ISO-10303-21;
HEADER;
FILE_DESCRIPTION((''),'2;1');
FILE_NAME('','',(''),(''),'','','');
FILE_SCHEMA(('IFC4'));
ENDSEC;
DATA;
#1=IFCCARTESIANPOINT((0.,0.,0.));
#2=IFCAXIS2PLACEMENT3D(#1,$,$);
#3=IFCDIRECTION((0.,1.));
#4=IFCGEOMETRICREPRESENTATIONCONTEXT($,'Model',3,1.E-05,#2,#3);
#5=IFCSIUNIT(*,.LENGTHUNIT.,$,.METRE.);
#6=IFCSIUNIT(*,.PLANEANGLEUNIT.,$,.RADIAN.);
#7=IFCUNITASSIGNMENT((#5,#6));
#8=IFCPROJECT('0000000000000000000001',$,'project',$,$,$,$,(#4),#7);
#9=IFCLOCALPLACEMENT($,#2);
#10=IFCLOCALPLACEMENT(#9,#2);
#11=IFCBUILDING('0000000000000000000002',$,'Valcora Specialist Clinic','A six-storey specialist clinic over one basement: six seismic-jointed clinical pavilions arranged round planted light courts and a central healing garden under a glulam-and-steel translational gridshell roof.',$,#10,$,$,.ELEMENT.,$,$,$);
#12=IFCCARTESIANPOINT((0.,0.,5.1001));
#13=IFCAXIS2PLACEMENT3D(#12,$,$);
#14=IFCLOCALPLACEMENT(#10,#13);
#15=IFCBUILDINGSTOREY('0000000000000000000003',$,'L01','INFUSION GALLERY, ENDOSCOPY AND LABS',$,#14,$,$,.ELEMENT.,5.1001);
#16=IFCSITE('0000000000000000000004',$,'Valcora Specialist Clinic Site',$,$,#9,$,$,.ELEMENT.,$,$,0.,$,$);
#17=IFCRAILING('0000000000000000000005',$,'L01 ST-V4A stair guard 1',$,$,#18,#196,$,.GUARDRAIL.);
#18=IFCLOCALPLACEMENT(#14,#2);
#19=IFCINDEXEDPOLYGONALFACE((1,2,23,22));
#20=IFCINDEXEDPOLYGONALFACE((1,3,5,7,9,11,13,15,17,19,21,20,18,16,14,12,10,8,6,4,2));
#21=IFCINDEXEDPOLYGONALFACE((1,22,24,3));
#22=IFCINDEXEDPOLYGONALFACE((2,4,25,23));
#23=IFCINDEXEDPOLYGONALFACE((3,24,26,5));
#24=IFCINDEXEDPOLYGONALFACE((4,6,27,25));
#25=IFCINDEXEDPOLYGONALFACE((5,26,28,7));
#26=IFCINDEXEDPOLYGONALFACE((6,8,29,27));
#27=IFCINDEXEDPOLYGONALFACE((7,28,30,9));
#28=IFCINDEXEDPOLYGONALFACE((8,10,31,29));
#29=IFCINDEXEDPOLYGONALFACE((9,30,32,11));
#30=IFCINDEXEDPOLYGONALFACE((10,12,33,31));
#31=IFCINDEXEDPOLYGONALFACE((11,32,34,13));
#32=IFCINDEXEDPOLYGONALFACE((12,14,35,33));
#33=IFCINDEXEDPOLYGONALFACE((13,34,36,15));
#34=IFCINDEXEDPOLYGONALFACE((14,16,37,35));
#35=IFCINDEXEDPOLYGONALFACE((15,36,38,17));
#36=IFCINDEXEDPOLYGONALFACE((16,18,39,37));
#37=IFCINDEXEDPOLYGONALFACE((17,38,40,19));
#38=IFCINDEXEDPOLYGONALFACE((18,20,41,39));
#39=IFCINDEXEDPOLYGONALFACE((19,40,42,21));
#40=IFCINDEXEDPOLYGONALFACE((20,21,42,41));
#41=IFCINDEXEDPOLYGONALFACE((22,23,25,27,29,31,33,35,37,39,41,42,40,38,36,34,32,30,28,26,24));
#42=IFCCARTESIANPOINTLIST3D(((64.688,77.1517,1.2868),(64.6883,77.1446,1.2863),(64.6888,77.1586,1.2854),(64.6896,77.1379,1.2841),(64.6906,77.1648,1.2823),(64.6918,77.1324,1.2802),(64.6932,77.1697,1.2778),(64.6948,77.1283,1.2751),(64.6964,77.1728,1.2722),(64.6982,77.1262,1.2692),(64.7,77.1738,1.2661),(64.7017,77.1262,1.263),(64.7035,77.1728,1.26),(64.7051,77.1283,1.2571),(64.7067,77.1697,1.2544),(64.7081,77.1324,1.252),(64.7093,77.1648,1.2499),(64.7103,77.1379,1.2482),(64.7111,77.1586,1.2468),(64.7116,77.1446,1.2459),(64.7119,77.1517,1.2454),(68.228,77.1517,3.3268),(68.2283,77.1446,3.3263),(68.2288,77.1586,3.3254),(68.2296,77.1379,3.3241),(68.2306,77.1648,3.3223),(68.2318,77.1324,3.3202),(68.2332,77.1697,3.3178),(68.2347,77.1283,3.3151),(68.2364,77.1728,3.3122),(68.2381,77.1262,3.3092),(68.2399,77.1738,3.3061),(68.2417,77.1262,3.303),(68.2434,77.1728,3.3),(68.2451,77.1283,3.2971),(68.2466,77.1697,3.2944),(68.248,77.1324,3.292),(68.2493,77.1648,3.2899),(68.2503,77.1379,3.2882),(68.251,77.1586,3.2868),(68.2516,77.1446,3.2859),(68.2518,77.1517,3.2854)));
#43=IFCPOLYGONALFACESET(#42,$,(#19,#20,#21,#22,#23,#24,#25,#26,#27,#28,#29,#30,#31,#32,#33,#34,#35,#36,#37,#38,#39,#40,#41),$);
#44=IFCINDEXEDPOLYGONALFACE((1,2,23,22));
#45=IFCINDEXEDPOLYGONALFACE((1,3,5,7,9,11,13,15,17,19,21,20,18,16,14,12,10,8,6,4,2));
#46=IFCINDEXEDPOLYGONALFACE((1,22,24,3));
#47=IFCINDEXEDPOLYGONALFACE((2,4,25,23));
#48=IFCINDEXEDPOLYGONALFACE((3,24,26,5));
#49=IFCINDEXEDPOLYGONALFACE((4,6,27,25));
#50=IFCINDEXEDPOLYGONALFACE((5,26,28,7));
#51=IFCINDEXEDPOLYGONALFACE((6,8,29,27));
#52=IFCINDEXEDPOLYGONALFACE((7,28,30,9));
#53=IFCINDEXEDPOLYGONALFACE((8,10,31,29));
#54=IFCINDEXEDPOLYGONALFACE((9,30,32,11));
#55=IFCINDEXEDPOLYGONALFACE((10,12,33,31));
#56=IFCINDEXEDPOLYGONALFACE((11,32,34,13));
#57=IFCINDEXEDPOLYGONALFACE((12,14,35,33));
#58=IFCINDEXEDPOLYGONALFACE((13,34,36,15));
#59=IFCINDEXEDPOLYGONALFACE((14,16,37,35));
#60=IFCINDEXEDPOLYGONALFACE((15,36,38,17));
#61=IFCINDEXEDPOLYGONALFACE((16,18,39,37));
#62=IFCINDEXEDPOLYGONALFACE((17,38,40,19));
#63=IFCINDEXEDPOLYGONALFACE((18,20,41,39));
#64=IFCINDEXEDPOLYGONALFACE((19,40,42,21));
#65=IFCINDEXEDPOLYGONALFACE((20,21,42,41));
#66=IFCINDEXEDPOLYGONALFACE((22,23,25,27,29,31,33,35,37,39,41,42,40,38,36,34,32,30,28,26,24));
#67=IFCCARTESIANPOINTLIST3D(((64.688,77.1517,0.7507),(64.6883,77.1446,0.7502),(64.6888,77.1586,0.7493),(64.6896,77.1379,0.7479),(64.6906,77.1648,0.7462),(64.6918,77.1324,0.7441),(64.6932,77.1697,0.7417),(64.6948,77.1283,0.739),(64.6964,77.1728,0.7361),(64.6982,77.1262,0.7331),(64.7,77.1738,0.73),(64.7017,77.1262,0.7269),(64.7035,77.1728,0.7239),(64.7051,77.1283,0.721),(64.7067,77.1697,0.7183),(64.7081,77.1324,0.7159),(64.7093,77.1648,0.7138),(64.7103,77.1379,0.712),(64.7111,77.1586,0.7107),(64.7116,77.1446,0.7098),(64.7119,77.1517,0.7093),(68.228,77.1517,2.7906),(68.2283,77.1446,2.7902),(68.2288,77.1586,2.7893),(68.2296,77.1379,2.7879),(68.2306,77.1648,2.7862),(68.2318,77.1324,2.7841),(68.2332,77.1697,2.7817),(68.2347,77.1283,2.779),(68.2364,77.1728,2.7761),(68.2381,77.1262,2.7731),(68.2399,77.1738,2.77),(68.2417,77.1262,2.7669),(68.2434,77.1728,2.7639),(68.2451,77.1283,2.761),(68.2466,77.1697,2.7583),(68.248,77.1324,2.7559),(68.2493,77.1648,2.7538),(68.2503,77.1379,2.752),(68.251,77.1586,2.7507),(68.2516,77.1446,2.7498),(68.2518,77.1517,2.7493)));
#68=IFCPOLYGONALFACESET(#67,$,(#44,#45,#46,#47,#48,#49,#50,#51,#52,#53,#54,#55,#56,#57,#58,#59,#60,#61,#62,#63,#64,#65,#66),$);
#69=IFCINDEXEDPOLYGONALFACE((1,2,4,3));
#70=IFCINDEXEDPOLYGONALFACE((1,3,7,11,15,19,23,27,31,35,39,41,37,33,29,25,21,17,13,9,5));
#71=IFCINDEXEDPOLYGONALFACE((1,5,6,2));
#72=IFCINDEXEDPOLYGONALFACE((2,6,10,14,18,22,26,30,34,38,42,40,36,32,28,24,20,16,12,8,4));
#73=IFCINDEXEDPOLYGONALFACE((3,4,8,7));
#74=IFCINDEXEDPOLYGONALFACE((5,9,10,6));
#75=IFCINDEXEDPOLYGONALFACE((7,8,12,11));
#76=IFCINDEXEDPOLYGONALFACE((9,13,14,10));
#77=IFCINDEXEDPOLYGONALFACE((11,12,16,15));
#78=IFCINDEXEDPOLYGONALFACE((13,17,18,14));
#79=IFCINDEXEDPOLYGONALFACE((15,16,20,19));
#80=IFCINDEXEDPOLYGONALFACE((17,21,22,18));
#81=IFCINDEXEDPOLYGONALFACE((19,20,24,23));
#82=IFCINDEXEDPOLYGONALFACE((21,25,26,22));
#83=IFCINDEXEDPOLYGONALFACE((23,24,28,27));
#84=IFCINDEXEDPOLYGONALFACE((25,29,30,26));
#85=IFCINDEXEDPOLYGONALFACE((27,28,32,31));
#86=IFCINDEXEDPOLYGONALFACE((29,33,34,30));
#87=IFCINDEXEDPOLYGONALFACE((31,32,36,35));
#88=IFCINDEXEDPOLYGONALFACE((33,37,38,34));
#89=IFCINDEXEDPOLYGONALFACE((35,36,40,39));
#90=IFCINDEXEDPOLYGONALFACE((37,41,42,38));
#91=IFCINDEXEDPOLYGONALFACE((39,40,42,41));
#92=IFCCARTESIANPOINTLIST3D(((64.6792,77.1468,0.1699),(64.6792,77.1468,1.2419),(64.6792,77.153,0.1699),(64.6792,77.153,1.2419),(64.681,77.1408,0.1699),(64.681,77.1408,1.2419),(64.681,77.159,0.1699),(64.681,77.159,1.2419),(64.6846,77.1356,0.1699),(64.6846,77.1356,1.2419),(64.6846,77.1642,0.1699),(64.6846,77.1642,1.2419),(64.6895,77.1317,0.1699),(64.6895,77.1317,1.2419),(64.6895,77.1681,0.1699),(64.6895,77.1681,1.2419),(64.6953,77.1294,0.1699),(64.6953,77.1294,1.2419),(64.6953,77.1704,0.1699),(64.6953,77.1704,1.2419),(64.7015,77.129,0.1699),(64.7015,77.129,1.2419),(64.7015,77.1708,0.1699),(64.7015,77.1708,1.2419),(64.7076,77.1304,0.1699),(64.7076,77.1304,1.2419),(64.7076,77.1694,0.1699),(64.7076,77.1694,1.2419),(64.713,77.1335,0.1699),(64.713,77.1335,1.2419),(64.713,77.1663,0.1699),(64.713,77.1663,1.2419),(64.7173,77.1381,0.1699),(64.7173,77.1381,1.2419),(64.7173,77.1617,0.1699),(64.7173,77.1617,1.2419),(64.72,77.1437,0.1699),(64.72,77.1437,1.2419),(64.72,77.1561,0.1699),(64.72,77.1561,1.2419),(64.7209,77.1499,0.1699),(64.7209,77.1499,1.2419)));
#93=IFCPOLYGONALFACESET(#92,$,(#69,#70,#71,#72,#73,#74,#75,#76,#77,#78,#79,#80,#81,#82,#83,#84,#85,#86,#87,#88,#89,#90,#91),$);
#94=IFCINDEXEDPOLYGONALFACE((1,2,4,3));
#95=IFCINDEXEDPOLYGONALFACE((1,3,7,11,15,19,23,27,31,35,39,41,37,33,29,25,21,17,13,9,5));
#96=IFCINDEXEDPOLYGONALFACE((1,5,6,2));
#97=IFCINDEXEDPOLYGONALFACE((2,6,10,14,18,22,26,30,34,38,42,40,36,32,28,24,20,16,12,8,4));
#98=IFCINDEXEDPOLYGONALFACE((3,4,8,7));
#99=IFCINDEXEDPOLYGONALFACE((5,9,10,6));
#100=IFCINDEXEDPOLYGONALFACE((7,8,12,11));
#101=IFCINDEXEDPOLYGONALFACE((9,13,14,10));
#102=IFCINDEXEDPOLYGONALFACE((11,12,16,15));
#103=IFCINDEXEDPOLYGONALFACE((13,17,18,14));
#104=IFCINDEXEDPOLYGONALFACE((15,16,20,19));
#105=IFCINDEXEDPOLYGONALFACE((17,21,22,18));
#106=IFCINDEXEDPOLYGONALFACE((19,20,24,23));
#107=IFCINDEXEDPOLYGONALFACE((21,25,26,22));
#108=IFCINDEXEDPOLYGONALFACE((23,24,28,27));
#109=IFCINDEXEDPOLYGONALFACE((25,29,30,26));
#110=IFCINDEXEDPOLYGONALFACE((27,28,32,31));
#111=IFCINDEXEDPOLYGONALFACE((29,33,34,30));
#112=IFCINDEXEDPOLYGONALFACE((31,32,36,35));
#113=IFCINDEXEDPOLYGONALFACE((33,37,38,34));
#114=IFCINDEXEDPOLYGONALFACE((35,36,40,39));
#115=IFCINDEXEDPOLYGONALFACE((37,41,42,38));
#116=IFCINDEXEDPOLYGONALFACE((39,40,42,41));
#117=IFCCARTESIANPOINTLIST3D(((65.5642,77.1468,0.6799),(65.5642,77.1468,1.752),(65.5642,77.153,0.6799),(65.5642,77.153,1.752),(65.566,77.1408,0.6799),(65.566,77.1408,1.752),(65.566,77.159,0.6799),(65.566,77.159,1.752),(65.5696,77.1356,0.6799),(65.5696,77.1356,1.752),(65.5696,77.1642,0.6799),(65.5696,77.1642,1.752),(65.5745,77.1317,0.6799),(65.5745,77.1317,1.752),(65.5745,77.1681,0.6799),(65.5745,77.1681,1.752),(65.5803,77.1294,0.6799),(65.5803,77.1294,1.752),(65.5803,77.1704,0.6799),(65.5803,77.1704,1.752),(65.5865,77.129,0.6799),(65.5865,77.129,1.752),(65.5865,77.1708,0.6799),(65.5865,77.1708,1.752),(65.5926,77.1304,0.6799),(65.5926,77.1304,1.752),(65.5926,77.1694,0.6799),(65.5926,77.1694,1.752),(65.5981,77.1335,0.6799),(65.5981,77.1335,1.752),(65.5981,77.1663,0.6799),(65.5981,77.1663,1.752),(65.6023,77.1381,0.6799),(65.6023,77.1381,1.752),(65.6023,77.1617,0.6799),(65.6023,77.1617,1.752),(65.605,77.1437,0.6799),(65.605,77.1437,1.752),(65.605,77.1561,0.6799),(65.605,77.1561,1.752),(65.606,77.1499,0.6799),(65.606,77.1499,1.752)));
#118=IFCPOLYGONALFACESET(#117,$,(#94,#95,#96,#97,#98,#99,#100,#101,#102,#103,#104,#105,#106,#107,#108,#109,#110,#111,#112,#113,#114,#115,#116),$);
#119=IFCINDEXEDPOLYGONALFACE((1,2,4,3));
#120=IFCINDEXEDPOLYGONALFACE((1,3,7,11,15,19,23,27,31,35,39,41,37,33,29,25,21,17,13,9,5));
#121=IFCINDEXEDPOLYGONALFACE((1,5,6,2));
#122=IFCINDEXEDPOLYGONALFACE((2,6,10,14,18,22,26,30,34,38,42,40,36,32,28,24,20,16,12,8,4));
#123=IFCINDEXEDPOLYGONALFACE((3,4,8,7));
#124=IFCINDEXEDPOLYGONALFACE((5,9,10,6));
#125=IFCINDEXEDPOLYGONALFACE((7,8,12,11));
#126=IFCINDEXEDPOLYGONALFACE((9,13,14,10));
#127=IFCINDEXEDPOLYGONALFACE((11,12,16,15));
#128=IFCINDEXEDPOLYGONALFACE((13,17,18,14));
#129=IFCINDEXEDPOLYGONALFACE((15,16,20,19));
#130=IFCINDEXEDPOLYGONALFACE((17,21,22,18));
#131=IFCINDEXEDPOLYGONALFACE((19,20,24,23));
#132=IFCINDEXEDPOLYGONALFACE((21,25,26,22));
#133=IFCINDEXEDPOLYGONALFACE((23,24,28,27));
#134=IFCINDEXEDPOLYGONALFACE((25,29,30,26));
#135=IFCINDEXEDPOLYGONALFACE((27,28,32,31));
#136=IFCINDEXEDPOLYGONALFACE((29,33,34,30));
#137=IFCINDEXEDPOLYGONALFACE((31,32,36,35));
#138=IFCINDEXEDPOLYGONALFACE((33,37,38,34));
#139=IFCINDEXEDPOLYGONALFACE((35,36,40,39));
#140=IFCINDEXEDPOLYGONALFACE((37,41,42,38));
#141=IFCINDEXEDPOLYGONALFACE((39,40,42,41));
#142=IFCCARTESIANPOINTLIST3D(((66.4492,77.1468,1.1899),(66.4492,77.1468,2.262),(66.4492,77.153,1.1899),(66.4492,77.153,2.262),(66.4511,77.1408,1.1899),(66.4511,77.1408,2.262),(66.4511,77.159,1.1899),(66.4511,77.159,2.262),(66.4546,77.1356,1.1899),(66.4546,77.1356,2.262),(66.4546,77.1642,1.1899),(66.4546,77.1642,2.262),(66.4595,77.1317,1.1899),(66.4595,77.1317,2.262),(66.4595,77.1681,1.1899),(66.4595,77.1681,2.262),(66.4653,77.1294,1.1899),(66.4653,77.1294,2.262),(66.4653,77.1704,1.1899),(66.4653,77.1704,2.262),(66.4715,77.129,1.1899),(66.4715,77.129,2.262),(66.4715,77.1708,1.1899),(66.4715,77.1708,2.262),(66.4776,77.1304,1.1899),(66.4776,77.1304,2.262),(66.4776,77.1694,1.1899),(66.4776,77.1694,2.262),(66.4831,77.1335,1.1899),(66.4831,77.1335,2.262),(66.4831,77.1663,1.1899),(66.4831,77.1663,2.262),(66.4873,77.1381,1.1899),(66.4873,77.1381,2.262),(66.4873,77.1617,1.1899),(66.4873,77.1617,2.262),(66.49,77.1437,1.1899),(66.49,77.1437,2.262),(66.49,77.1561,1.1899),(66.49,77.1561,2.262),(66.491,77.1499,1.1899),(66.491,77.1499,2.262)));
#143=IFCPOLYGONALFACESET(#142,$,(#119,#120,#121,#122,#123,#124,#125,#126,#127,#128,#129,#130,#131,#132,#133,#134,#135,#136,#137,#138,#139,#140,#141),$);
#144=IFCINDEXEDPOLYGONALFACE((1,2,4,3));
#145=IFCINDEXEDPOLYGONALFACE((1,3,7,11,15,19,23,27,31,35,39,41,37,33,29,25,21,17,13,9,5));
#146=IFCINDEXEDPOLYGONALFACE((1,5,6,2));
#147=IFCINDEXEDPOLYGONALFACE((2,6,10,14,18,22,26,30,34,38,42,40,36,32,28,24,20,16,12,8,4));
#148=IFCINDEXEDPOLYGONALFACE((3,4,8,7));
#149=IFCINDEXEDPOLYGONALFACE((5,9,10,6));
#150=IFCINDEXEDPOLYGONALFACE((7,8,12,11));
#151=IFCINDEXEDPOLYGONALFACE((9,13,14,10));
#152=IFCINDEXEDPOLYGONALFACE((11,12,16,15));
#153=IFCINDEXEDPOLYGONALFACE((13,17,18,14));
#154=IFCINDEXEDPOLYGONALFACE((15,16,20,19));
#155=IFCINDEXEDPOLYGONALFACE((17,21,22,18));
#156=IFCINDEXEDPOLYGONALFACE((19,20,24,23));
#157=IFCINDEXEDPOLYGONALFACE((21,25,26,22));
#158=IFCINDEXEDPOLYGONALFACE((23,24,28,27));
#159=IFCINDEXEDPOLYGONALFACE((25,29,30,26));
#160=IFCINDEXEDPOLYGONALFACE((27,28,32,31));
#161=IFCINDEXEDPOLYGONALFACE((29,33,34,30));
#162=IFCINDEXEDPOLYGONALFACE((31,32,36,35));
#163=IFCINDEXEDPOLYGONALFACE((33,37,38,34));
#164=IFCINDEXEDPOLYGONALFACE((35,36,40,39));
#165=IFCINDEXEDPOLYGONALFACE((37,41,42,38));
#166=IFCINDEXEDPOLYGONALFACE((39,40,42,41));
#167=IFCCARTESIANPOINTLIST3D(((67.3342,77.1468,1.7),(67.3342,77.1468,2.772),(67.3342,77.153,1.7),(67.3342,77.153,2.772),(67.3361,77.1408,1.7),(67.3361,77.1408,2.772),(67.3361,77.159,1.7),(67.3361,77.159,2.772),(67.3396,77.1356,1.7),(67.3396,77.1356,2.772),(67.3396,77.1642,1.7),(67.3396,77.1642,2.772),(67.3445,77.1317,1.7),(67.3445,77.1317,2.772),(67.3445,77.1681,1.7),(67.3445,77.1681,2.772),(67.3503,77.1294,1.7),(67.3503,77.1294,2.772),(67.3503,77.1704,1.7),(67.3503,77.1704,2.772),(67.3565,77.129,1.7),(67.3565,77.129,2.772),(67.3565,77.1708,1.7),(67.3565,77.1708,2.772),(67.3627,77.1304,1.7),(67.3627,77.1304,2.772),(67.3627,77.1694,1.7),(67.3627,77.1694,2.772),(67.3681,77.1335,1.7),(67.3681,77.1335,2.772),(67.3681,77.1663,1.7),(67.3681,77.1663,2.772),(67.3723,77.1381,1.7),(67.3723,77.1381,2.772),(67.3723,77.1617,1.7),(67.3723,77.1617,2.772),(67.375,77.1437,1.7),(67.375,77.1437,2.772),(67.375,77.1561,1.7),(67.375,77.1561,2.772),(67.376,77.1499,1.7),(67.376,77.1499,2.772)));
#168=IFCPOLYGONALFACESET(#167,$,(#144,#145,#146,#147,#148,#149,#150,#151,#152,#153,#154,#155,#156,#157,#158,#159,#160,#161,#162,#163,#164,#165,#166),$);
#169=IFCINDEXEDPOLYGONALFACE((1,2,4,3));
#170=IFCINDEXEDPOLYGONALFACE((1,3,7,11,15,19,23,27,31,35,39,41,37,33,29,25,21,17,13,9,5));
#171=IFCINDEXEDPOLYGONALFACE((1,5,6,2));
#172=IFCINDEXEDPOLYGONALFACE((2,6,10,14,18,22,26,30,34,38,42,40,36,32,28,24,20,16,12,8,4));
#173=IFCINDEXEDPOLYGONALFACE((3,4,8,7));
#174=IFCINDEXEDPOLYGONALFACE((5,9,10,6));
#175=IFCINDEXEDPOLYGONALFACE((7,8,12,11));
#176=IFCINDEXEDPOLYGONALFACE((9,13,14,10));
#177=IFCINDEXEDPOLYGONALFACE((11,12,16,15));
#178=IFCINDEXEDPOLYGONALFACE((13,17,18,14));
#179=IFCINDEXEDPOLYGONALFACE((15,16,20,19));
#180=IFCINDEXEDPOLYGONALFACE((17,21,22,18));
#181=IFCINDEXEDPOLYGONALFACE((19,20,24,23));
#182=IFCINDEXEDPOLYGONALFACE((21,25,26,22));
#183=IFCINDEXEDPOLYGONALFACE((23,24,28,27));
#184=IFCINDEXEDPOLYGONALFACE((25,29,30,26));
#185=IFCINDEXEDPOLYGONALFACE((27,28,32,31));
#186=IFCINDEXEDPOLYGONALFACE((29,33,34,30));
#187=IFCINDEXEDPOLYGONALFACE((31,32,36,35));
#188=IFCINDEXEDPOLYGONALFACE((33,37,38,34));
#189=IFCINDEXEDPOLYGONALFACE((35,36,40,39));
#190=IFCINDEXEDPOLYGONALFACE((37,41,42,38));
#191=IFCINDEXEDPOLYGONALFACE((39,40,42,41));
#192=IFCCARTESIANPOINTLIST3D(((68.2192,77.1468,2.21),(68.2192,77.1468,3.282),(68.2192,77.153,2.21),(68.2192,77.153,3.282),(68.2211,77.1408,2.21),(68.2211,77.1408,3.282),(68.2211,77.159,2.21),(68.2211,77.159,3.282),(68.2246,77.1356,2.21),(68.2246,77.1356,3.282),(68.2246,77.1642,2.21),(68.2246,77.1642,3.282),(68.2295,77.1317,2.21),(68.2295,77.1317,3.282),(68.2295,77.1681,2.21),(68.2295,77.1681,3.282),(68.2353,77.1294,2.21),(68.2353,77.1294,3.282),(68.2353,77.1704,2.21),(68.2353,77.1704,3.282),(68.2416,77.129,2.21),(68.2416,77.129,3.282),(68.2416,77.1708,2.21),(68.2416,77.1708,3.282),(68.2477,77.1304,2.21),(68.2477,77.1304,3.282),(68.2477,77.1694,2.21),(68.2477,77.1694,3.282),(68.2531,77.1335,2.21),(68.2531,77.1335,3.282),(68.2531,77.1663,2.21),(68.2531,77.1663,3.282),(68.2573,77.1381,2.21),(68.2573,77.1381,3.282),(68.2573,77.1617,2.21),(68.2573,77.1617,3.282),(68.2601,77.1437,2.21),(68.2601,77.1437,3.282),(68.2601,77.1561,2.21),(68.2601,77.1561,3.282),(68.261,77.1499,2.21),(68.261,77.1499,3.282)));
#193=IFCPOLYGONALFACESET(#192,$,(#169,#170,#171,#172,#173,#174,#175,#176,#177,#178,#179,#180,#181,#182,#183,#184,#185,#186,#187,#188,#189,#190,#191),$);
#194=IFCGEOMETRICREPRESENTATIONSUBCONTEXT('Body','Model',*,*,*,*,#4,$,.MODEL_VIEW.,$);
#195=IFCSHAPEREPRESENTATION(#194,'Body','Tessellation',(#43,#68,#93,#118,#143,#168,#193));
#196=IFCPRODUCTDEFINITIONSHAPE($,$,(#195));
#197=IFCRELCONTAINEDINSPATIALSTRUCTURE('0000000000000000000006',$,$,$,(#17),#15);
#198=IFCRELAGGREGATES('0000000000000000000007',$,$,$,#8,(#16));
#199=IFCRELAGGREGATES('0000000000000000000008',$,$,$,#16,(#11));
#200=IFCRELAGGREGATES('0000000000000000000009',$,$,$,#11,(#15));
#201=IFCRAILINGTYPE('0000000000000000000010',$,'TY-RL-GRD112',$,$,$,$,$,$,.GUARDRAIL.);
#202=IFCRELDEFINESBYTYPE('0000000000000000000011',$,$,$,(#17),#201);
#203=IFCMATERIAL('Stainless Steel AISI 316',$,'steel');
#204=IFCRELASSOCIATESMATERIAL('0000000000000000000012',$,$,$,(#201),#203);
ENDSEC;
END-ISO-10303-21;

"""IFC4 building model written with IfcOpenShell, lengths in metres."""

from ifc_helpers import new_model, si_unit, direction, frame, origin, origin_2d, place, context, subcontext, project, spatial, circle, extrude, material, type_object, element, save


model = new_model("IFC4")

# Units and contexts
model_context = context("Model", 3, precision=1e-05, world=origin(), true_north=direction((0.0, 1.0)))
body_context = subcontext(model_context, "Body", "Model", "MODEL_VIEW")
ifc_project = project(units=[si_unit("LENGTHUNIT", "METRE"), si_unit("PLANEANGLEUNIT", "RADIAN")], contexts=[model_context])

# Site, building, storey
site_placement = place(None, origin())
site = spatial("IfcSite", under=ifc_project, at=site_placement, Name="Valcora Specialist Clinic Site", CompositionType="ELEMENT", RefElevation=0.0)
building_placement = place(site_placement, origin())
building = spatial("IfcBuilding", under=site, at=building_placement, Name="Valcora Specialist Clinic", Description="A six-storey specialist clinic over one basement: six seismic-jointed clinical pavilions arranged round planted light courts and a central healing garden under a glulam-and-steel translational gridshell roof.", CompositionType="ELEMENT")
storey_placement = place(building_placement, frame((0.0, 0.0, 5.1001)))
storey = spatial("IfcBuildingStorey", under=building, at=storey_placement, Name="L01", Description="INFUSION GALLERY, ENDOSCOPY AND LABS", CompositionType="ELEMENT", Elevation=5.1001)

# Railing
ifc_material_1 = material(Name="Stainless Steel AISI 316", Category="steel")
railing_type_1 = type_object("IfcRailingType", Name="TY-RL-GRD112", PredefinedType="GUARDRAIL", material=ifc_material_1)
railing_1_placement = place(storey_placement, frame((64.7, 77.1499, 0.1699)))
element("IfcRailing", 1, at=railing_1_placement, inside=storey, type_object=railing_type_1, Name="L01 ST-V4A stair guard 1", PredefinedType="GUARDRAIL", context=body_context, shape_type="SweptSolid", body=[
    extrude(circle(Radius=0.0239, at=origin_2d()), frame((0.0, 0.0, 1.0962), z_axis=(0.866428, 0.0, 0.499302), x_axis=(0.0, 1.0, 0.0)), (0.0, 0.0, 1.0), 4.0857),
    extrude(circle(Radius=0.0239, at=origin_2d()), frame((0.0, 0.0, 0.5601), z_axis=(0.866428, 0.0, 0.499302), x_axis=(0.0, 1.0, 0.0)), (0.0, 0.0, 1.0), 4.0857),
    extrude(circle(Radius=0.021, at=origin_2d()), origin(), (0.0, 0.0, 1.0), 1.072),
    extrude(circle(Radius=0.021, at=origin_2d()), frame((0.885, 0.0, 0.51)), (0.0, 0.0, 1.0), 1.072),
    extrude(circle(Radius=0.021, at=origin_2d()), frame((1.77, 0.0, 1.02)), (0.0, 0.0, 1.0), 1.072),
    extrude(circle(Radius=0.021, at=origin_2d()), frame((2.655, 0.0, 1.53)), (0.0, 0.0, 1.0), 1.072),
    extrude(circle(Radius=0.021, at=origin_2d()), frame((3.54, 0.0, 2.04)), (0.0, 0.0, 1.0), 1.072),
])

save(model, "model.ifc")
